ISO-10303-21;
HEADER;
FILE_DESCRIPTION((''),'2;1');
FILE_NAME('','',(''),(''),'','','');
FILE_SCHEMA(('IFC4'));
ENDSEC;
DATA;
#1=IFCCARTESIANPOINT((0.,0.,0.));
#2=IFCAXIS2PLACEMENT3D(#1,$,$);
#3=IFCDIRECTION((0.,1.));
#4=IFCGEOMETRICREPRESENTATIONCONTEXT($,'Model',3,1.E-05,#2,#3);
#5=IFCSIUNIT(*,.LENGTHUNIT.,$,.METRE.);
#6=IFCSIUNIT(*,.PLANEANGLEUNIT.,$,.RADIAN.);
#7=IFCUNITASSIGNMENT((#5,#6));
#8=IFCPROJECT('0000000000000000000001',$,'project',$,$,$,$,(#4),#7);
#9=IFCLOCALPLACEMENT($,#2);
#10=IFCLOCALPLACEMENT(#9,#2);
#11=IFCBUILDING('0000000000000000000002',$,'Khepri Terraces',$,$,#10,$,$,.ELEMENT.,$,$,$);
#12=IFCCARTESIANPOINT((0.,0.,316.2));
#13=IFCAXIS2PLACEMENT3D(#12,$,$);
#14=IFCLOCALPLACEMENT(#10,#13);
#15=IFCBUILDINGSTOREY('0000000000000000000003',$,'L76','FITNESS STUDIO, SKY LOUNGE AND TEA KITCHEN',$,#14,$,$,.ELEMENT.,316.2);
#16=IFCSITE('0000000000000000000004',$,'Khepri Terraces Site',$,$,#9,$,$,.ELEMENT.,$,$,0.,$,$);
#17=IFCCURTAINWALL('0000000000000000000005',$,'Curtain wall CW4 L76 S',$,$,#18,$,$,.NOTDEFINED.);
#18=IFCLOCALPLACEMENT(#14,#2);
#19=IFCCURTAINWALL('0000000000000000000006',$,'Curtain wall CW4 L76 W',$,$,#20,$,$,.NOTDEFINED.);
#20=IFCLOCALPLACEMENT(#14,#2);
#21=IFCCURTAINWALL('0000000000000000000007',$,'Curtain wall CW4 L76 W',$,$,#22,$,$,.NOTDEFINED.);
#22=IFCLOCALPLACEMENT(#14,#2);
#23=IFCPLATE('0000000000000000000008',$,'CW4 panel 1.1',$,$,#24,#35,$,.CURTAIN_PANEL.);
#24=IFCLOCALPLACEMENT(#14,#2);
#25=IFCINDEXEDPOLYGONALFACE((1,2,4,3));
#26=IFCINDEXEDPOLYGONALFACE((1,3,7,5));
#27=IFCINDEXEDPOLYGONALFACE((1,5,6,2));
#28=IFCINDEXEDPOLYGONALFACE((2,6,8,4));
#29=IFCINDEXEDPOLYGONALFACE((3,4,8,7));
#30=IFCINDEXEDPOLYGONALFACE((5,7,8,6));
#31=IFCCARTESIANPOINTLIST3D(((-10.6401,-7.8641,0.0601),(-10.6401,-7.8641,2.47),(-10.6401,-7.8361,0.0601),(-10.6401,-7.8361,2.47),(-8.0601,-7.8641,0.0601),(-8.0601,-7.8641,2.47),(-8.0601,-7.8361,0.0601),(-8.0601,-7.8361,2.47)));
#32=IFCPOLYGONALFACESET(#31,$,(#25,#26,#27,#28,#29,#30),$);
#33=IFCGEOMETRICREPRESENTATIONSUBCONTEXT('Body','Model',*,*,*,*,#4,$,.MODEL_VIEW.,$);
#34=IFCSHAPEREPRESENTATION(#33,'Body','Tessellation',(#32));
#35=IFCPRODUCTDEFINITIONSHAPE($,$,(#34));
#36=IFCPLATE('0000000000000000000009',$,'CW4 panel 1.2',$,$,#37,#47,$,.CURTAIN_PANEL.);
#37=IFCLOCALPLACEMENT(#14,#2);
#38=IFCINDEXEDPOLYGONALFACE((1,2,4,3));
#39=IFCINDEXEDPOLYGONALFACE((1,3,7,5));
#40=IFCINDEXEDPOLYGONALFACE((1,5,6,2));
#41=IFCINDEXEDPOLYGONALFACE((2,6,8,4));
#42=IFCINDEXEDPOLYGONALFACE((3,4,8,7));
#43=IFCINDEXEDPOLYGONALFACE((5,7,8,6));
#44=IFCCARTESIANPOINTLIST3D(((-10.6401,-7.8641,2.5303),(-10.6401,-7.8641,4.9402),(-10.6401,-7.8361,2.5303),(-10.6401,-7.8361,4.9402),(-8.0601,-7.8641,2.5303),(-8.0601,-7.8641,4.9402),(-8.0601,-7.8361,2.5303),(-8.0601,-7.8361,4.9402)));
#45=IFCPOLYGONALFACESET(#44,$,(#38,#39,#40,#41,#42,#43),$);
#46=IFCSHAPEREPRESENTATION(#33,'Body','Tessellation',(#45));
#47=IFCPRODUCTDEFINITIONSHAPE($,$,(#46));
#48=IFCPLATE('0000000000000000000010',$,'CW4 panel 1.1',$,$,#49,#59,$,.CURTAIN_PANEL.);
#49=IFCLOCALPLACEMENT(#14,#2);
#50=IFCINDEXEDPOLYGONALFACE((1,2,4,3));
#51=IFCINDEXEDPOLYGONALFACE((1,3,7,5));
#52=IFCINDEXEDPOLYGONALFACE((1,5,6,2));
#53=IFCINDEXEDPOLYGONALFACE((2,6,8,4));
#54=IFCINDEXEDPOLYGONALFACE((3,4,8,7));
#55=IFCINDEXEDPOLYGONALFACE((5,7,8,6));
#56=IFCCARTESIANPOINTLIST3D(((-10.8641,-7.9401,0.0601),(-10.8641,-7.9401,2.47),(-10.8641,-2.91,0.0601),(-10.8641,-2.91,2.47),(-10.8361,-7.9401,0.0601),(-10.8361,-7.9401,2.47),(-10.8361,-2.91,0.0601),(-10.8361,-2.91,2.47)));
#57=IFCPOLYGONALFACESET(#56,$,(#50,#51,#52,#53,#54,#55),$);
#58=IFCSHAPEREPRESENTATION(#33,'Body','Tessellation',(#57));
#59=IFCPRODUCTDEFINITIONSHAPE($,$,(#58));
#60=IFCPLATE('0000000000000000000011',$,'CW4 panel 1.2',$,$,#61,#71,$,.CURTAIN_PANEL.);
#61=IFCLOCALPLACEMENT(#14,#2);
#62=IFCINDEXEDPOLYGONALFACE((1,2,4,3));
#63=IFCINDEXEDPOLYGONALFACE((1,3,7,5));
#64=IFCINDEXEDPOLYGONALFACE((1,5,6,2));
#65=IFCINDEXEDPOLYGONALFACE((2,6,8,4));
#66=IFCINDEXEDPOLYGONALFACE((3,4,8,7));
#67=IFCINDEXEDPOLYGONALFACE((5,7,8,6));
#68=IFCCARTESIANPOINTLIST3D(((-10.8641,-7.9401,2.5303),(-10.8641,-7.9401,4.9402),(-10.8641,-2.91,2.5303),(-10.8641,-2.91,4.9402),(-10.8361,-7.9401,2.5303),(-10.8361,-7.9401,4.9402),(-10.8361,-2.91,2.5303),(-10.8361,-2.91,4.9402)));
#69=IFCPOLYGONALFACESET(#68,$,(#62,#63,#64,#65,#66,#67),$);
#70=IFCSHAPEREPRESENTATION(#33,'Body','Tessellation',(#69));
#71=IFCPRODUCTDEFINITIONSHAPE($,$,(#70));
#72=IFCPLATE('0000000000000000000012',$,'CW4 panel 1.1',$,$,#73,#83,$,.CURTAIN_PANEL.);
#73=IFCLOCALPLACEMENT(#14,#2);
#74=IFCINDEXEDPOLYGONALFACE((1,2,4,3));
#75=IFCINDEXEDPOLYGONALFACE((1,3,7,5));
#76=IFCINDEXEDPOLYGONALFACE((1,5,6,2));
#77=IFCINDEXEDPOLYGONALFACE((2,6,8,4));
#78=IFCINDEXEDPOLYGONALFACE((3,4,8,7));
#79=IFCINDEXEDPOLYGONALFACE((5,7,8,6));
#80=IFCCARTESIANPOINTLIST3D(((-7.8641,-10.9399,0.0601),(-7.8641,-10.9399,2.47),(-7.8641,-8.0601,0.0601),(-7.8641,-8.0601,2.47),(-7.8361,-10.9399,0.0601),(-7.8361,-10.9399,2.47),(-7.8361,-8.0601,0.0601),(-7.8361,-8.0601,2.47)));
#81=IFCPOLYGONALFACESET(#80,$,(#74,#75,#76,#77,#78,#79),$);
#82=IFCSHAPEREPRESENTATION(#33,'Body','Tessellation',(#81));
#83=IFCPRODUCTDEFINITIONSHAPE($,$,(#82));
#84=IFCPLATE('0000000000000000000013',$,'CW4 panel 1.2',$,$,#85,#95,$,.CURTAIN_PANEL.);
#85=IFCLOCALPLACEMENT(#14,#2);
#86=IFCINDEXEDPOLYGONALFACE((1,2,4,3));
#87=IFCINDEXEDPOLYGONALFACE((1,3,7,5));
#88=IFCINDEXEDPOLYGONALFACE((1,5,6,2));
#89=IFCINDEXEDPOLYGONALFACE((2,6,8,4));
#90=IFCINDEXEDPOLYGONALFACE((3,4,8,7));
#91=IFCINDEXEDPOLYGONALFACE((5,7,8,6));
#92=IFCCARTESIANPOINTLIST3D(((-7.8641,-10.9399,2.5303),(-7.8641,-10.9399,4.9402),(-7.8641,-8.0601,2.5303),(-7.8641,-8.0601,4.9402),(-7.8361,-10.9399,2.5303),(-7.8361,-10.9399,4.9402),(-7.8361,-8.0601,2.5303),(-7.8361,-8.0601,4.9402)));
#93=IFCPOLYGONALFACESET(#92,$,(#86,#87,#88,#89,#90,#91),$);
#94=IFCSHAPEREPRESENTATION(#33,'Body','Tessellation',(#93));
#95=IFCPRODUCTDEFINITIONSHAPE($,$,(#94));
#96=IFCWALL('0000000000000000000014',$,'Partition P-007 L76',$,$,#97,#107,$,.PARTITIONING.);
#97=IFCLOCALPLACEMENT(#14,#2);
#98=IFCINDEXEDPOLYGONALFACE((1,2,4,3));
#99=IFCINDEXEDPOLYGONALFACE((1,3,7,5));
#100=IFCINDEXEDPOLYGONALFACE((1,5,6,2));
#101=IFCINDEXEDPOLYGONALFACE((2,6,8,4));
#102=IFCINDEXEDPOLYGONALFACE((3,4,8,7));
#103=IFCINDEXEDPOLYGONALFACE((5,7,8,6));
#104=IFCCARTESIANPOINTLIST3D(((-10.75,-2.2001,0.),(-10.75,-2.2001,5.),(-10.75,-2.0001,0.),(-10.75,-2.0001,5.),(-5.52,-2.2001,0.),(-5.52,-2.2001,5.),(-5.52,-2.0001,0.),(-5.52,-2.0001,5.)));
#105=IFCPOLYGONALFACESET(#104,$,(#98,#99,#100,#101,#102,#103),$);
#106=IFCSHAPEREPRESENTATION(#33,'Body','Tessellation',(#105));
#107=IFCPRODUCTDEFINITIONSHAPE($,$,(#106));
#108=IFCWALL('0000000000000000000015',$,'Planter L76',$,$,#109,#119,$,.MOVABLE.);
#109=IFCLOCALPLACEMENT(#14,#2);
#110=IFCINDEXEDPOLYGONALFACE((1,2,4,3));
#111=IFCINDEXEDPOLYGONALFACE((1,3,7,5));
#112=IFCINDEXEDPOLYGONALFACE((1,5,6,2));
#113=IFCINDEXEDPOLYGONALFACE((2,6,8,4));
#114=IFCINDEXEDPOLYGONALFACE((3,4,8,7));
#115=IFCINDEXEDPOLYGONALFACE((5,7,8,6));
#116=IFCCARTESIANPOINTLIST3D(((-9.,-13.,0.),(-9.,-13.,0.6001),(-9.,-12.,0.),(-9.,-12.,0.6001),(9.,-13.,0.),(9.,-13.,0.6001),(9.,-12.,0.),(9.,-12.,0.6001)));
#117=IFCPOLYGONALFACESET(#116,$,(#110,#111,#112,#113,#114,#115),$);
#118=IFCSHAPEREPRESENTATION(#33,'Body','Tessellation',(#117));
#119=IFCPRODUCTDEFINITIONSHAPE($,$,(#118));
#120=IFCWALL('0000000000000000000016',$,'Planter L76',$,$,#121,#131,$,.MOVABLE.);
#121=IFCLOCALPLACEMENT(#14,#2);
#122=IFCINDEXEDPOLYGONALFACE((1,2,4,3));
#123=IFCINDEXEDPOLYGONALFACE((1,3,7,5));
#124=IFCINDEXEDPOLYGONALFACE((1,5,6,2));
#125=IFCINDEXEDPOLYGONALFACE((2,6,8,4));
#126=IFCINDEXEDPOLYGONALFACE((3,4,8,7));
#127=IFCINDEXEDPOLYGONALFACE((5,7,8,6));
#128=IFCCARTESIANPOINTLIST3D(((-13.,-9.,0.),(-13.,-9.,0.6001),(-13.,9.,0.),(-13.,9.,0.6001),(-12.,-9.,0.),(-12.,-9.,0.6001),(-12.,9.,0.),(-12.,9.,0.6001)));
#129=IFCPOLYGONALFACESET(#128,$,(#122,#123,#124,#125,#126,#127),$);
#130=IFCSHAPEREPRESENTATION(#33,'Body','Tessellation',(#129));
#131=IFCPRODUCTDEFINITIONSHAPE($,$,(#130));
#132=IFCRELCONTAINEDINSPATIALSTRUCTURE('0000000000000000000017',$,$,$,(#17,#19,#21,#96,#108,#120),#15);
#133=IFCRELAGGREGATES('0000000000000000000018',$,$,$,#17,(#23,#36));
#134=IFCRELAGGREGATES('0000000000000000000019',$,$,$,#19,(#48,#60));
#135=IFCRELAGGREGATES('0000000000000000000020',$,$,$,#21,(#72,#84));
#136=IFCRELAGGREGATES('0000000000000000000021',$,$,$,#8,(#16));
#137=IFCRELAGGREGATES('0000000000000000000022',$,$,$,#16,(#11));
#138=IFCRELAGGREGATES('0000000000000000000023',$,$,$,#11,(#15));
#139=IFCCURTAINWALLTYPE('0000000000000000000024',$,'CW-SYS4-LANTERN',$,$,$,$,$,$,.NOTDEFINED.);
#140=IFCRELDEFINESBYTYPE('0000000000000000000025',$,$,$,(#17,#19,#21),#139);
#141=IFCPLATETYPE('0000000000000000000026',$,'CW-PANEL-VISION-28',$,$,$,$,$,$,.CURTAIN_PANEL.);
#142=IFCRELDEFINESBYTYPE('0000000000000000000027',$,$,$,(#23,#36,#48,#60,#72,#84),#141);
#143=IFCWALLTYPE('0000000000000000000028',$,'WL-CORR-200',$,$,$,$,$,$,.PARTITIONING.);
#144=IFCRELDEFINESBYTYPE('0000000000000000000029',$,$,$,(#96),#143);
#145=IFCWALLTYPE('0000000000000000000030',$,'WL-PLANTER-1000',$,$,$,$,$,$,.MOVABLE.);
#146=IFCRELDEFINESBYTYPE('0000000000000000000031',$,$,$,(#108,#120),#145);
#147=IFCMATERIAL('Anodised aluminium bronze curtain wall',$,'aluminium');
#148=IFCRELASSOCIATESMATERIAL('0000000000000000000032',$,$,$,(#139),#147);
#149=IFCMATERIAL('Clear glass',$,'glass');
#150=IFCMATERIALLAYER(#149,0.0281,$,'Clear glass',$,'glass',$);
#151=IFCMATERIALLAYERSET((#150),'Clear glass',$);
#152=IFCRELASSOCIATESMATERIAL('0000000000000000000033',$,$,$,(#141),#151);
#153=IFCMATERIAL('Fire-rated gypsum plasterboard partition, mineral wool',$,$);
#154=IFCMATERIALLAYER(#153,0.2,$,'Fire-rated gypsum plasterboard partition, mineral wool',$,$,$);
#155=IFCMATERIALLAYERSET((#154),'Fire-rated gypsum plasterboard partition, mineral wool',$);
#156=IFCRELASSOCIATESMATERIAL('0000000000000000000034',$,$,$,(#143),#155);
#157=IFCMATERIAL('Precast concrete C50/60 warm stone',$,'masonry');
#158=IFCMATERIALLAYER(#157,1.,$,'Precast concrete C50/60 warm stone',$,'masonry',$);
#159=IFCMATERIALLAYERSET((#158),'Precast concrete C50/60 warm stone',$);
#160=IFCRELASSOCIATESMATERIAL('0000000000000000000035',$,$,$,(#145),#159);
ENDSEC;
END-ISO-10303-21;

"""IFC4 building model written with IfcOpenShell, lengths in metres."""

from ifc_helpers import new_model, si_unit, direction, frame, frame_2d, origin, origin_2d, place, context, subcontext, project, spatial, rectangle, extrude, material, layer, layer_set, type_object, element, aggregate, save


model = new_model("IFC4")

# Units and contexts
model_context = context("Model", 3, precision=1e-05, world=origin(), true_north=direction((0.0, 1.0)))
body_context = subcontext(model_context, "Body", "Model", "MODEL_VIEW")
ifc_project = project(units=[si_unit("LENGTHUNIT", "METRE"), si_unit("PLANEANGLEUNIT", "RADIAN")], contexts=[model_context])

# Site, building, storey
site_placement = place(None, origin())
site = spatial("IfcSite", under=ifc_project, at=site_placement, Name="Khepri Terraces Site", CompositionType="ELEMENT", RefElevation=0.0)
building_placement = place(site_placement, origin())
building = spatial("IfcBuilding", under=site, at=building_placement, Name="Khepri Terraces", CompositionType="ELEMENT")
storey_placement = place(building_placement, frame((0.0, 0.0, 316.2)))
storey = spatial("IfcBuildingStorey", under=building, at=storey_placement, Name="L76", Description="FITNESS STUDIO, SKY LOUNGE AND TEA KITCHEN", CompositionType="ELEMENT", Elevation=316.2)

# Curtain walls
ifc_material_1 = material(Name="Anodised aluminium bronze curtain wall", Category="aluminium")
curtain_wall_type = type_object("IfcCurtainWallType", Name="CW-SYS4-LANTERN", PredefinedType="NOTDEFINED", material=ifc_material_1)
curtain_wall_1_placement = place(storey_placement, origin())
curtain_wall_1 = element("IfcCurtainWall", 1, at=curtain_wall_1_placement, inside=storey, type_object=curtain_wall_type, Name="Curtain wall CW4 L76 S", PredefinedType="NOTDEFINED")
curtain_wall_2_placement = place(storey_placement, origin())
curtain_wall_2 = element("IfcCurtainWall", 2, at=curtain_wall_2_placement, inside=storey, type_object=curtain_wall_type, Name="Curtain wall CW4 L76 W", PredefinedType="NOTDEFINED")

# Curtain wall
curtain_wall_3_placement = place(storey_placement, origin())
curtain_wall_3 = element("IfcCurtainWall", 3, at=curtain_wall_3_placement, inside=storey, type_object=curtain_wall_type, Name="Curtain wall CW4 L76 W", PredefinedType="NOTDEFINED")

# Plates
ifc_material_2 = material(Name="Clear glass", Category="glass")
ifc_layer_1 = layer(ifc_material_2, 0.0281, Name="Clear glass", Category="glass")
ifc_layer_set_1 = layer_set([ifc_layer_1], Name="Clear glass")
plate_type = type_object("IfcPlateType", Name="CW-PANEL-VISION-28", PredefinedType="CURTAIN_PANEL", material=ifc_layer_set_1)
plate_1_placement = place(storey_placement, frame((-9.3501, -7.8501, 0.0601), z_axis=(0.0, 0.0, 1.0), x_axis=(1.0, 0.0, 0.0)))
plate_1 = element("IfcPlate", 4, at=plate_1_placement, type_object=plate_type, Name="CW4 panel 1.1", PredefinedType="CURTAIN_PANEL", context=body_context, shape_type="SweptSolid", body=[
    extrude(rectangle(XDim=2.5801, YDim=0.0281, at=origin_2d()), origin(), (0.0, 0.0, 1.0), 2.4099),
])
plate_2_placement = place(storey_placement, frame((-9.3501, -7.8501, 2.5303), z_axis=(0.0, 0.0, 1.0), x_axis=(1.0, 0.0, 0.0)))
plate_2 = element("IfcPlate", 5, at=plate_2_placement, type_object=plate_type, Name="CW4 panel 1.2", PredefinedType="CURTAIN_PANEL", context=body_context, shape_type="SweptSolid", body=[
    extrude(rectangle(XDim=2.5801, YDim=0.0281, at=origin_2d()), origin(), (0.0, 0.0, 1.0), 2.4099),
])
aggregate(curtain_wall_1, [plate_1, plate_2])
plate_3_placement = place(storey_placement, frame((-10.8501, -5.425, 0.0601), z_axis=(0.0, 0.0, 1.0), x_axis=(0.0, -1.0, 0.0)))
plate_3 = element("IfcPlate", 6, at=plate_3_placement, type_object=plate_type, Name="CW4 panel 1.1", PredefinedType="CURTAIN_PANEL", context=body_context, shape_type="SweptSolid", body=[
    extrude(rectangle(XDim=5.03, YDim=0.0281, at=origin_2d()), origin(), (0.0, 0.0, 1.0), 2.4099),
])
plate_4_placement = place(storey_placement, frame((-10.8501, -5.425, 2.5303), z_axis=(0.0, 0.0, 1.0), x_axis=(0.0, -1.0, 0.0)))
plate_4 = element("IfcPlate", 7, at=plate_4_placement, type_object=plate_type, Name="CW4 panel 1.2", PredefinedType="CURTAIN_PANEL", context=body_context, shape_type="SweptSolid", body=[
    extrude(rectangle(XDim=5.03, YDim=0.0281, at=origin_2d()), origin(), (0.0, 0.0, 1.0), 2.4099),
])
aggregate(curtain_wall_2, [plate_3, plate_4])
plate_5_placement = place(storey_placement, frame((-7.8501, -9.5, 0.0601), z_axis=(0.0, 0.0, 1.0), x_axis=(0.0, -1.0, 0.0)))
plate_5 = element("IfcPlate", 8, at=plate_5_placement, type_object=plate_type, Name="CW4 panel 1.1", PredefinedType="CURTAIN_PANEL", context=body_context, shape_type="SweptSolid", body=[
    extrude(rectangle(XDim=2.8799, YDim=0.0281, at=origin_2d()), origin(), (0.0, 0.0, 1.0), 2.4099),
])
plate_6_placement = place(storey_placement, frame((-7.8501, -9.5, 2.5303), z_axis=(0.0, 0.0, 1.0), x_axis=(0.0, -1.0, 0.0)))
plate_6 = element("IfcPlate", 9, at=plate_6_placement, type_object=plate_type, Name="CW4 panel 1.2", PredefinedType="CURTAIN_PANEL", context=body_context, shape_type="SweptSolid", body=[
    extrude(rectangle(XDim=2.8799, YDim=0.0281, at=origin_2d()), origin(), (0.0, 0.0, 1.0), 2.4099),
])
aggregate(curtain_wall_3, [plate_5, plate_6])

# Walls
ifc_material_3 = material(Name="Fire-rated gypsum plasterboard partition, mineral wool")
ifc_layer_2 = layer(ifc_material_3, 0.2, Name="Fire-rated gypsum plasterboard partition, mineral wool")
ifc_layer_set_2 = layer_set([ifc_layer_2], Name="Fire-rated gypsum plasterboard partition, mineral wool")
wall_type_1 = type_object("IfcWallType", Name="WL-CORR-200", PredefinedType="PARTITIONING", material=ifc_layer_set_2)
wall_placement = place(storey_placement, frame((-10.75, -2.1001, 0.0), z_axis=(0.0, 0.0, 1.0), x_axis=(1.0, 0.0, 0.0)))
element("IfcWall", 10, at=wall_placement, inside=storey, type_object=wall_type_1, Name="Partition P-007 L76", PredefinedType="PARTITIONING", context=body_context, shape_type="SweptSolid", body=[
    extrude(rectangle(XDim=5.23, YDim=0.2, at=frame_2d((2.615, 0.0))), origin(), (0.0, 0.0, 1.0), 5.0),
])
ifc_material_4 = material(Name="Precast concrete C50/60 warm stone", Category="masonry")
ifc_layer_3 = layer(ifc_material_4, 1.0, Name="Precast concrete C50/60 warm stone", Category="masonry")
ifc_layer_set_3 = layer_set([ifc_layer_3], Name="Precast concrete C50/60 warm stone")
wall_type_2 = type_object("IfcWallType", Name="WL-PLANTER-1000", PredefinedType="MOVABLE", material=ifc_layer_set_3)
for number, where, z_axis, x_axis, name in (
    (11, (-9.0, -12.5, 0.0), (0.0, 0.0, 1.0), (1.0, 0.0, 0.0), "Planter L76"),
    (12, (-12.5, -9.0, 0.0), (0.0, 0.0, 1.0), (0.0, 1.0, 0.0), "Planter L76"),
):
    element("IfcWall", number, at=place(storey_placement, frame(where, z_axis=z_axis, x_axis=x_axis)), inside=storey, type_object=wall_type_2, Name=name, PredefinedType="MOVABLE", context=body_context, shape_type="SweptSolid", body=[
        extrude(rectangle(XDim=18.0, YDim=1.0, at=frame_2d((9.0, 0.0))), origin(), (0.0, 0.0, 1.0), 0.6001),
    ])

save(model, "model.ifc")
